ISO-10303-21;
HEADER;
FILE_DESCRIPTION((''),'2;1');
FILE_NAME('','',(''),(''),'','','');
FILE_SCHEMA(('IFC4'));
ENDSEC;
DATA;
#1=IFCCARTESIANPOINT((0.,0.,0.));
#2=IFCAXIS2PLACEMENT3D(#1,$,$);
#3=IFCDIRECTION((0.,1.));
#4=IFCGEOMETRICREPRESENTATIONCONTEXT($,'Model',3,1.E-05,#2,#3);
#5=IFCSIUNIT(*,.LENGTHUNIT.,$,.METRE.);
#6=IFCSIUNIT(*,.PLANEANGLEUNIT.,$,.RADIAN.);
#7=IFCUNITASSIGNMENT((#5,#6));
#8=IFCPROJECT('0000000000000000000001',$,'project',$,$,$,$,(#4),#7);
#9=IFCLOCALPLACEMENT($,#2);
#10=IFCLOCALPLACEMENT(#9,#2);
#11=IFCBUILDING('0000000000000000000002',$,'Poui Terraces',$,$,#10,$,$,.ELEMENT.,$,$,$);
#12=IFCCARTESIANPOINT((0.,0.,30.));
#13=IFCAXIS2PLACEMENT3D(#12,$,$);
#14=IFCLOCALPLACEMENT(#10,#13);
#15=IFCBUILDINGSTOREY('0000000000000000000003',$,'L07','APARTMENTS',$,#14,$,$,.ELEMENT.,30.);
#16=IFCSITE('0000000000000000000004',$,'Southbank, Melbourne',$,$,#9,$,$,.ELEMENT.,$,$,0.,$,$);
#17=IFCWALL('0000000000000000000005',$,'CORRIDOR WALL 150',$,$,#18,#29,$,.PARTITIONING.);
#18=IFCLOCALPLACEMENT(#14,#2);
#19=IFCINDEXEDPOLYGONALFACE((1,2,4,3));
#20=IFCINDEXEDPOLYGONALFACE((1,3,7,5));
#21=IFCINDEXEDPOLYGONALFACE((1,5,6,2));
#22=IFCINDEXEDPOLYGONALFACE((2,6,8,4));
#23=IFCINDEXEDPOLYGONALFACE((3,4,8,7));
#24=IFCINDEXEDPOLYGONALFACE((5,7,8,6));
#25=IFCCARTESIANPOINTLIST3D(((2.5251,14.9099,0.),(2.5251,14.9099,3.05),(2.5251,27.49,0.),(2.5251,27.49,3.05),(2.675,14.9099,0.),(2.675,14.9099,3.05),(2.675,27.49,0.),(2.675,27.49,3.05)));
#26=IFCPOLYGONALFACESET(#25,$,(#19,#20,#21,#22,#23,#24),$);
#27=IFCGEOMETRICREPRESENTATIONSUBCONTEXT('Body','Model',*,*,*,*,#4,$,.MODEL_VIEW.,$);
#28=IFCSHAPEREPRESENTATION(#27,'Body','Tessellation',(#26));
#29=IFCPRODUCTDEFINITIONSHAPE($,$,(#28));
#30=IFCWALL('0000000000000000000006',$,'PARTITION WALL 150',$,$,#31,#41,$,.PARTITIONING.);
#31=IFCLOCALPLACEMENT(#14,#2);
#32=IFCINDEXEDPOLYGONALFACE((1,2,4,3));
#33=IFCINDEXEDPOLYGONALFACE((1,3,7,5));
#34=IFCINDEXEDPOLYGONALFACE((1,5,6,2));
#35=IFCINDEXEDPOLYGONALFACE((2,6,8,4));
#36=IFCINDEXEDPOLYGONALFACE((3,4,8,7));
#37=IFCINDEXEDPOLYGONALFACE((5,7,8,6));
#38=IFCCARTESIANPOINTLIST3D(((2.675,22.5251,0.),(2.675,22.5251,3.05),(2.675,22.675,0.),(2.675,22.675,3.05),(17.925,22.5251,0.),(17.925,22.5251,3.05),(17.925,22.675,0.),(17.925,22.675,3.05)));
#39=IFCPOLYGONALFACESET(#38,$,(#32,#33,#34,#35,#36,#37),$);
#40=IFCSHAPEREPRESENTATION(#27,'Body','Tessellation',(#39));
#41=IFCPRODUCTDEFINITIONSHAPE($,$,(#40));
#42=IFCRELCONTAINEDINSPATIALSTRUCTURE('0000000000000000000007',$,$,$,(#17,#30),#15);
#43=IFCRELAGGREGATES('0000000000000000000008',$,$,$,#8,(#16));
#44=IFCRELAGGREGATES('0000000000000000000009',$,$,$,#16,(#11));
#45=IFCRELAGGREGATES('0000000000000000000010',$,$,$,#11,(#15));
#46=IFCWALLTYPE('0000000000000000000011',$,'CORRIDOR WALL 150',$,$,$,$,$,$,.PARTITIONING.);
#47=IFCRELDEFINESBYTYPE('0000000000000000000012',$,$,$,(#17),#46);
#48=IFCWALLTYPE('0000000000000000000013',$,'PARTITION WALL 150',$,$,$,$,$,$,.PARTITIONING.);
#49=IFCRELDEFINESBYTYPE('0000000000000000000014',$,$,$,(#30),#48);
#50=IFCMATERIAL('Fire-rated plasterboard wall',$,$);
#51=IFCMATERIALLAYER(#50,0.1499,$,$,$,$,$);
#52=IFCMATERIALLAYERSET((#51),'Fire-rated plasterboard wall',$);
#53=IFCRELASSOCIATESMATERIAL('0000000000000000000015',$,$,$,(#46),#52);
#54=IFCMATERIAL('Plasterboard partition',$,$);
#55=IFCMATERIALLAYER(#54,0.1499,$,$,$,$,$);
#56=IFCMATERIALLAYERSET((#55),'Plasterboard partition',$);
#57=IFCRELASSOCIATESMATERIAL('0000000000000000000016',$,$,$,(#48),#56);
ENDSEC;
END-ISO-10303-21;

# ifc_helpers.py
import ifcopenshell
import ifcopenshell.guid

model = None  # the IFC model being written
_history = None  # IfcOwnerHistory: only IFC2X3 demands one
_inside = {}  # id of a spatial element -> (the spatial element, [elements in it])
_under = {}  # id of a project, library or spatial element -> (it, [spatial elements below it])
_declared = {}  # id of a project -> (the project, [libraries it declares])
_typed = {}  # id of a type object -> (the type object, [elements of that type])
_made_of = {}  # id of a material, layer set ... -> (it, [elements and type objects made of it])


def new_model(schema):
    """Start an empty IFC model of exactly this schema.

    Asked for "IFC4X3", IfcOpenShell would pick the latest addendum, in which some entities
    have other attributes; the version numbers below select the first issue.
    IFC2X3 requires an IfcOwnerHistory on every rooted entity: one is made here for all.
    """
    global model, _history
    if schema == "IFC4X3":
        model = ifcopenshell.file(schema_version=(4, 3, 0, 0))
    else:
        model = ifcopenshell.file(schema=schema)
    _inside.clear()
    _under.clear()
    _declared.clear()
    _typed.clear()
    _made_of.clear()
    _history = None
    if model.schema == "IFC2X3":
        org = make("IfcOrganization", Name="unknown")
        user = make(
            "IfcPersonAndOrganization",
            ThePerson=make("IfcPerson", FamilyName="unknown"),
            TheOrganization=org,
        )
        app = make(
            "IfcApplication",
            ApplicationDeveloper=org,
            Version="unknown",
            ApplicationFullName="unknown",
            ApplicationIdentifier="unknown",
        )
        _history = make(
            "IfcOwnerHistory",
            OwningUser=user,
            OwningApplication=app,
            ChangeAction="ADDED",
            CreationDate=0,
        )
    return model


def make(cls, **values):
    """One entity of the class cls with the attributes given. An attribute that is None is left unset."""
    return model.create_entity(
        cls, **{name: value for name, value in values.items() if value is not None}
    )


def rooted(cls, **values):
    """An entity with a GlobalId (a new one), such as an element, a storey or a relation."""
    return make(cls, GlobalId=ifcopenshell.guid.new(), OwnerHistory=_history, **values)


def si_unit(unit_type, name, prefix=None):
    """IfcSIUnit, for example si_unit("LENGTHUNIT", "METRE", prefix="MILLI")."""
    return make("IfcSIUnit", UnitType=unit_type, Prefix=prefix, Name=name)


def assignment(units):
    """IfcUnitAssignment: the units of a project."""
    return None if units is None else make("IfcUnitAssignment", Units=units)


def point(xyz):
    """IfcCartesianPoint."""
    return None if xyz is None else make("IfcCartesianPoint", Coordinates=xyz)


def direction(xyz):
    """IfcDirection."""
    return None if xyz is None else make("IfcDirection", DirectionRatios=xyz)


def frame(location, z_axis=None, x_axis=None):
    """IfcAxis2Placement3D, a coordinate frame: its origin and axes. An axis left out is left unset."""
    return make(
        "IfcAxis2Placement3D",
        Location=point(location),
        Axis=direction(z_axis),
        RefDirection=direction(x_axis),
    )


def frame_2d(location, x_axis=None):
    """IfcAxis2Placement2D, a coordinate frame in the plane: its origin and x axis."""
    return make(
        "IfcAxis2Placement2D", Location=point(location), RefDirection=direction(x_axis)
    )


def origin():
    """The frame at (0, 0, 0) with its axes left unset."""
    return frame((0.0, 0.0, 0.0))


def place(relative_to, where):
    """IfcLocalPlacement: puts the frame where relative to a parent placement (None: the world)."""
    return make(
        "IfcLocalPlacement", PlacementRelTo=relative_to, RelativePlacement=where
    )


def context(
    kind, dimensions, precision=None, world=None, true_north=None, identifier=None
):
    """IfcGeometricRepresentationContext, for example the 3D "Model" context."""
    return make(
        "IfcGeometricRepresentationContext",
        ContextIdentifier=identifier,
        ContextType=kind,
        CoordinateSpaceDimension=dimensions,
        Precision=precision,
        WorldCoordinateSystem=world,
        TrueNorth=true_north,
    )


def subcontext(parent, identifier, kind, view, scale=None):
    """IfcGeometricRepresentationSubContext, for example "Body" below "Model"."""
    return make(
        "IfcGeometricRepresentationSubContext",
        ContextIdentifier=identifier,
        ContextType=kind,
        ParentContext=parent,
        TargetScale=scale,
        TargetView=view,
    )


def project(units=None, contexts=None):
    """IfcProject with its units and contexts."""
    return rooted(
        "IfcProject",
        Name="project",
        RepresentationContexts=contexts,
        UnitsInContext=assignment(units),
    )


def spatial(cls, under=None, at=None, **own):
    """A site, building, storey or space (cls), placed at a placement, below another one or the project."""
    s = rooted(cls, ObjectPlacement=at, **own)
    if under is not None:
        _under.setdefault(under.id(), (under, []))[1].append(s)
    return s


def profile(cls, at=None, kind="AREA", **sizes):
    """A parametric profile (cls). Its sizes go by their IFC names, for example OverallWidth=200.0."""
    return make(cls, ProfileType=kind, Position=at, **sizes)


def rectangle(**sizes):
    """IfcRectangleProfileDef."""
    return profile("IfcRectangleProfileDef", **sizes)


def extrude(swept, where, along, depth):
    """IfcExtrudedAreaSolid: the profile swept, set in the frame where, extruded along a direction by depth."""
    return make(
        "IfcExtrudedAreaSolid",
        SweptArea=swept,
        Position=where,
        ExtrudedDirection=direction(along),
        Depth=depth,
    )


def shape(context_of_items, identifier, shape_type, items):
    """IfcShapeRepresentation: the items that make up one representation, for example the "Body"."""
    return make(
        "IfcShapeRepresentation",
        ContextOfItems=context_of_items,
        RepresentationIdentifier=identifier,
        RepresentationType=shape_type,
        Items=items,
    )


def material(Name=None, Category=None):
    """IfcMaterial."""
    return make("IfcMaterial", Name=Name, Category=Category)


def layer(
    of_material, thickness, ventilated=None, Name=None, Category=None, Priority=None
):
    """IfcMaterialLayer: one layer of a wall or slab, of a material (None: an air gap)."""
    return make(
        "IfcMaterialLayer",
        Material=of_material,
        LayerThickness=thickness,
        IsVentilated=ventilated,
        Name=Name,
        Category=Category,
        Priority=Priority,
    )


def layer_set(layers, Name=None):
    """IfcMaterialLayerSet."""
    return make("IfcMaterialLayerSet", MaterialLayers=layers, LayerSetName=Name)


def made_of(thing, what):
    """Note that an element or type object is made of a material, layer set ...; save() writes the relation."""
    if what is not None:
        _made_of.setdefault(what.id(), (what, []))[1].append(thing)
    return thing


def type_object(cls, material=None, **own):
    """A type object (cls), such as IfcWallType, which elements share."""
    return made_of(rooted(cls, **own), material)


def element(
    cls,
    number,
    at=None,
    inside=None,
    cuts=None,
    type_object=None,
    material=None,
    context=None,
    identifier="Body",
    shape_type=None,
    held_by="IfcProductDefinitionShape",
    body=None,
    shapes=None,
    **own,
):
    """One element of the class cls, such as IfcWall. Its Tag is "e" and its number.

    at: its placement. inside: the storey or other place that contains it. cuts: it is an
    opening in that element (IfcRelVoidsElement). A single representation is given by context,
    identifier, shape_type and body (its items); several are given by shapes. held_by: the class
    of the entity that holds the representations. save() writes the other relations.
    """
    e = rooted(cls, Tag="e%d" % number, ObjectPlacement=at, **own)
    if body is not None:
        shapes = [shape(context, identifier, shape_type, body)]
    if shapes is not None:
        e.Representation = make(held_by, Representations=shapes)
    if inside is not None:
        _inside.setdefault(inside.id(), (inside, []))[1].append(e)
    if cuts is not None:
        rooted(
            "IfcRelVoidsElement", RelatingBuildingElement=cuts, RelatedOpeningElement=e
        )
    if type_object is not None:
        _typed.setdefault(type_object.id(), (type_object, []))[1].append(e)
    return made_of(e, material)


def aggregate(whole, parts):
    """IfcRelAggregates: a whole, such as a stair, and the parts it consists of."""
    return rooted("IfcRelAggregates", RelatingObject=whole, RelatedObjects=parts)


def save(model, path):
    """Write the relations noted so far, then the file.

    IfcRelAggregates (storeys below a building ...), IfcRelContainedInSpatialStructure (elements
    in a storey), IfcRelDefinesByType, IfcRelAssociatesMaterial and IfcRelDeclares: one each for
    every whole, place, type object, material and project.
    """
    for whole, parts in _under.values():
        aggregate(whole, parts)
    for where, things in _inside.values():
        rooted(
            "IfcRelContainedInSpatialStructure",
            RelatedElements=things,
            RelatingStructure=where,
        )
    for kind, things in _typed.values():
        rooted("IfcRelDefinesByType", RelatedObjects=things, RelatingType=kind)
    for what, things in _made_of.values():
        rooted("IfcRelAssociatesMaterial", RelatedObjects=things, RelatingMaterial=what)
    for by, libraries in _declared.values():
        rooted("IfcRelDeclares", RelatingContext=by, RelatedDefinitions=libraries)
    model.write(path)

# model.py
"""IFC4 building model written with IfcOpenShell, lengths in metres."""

from ifc_helpers import new_model, si_unit, direction, frame, frame_2d, origin, place, context, subcontext, project, spatial, rectangle, extrude, material, layer, layer_set, type_object, element, save


model = new_model("IFC4")

# Units and contexts
model_context = context("Model", 3, precision=1e-05, world=origin(), true_north=direction((0.0, 1.0)))
body_context = subcontext(model_context, "Body", "Model", "MODEL_VIEW")
ifc_project = project(units=[si_unit("LENGTHUNIT", "METRE"), si_unit("PLANEANGLEUNIT", "RADIAN")], contexts=[model_context])

# Site, building, storey
site_placement = place(None, origin())
site = spatial("IfcSite", under=ifc_project, at=site_placement, Name="Southbank, Melbourne", CompositionType="ELEMENT", RefElevation=0.0)
building_placement = place(site_placement, origin())
building = spatial("IfcBuilding", under=site, at=building_placement, Name="Poui Terraces", CompositionType="ELEMENT")
storey_placement = place(building_placement, frame((0.0, 0.0, 30.0)))
storey = spatial("IfcBuildingStorey", under=building, at=storey_placement, Name="L07", Description="APARTMENTS", CompositionType="ELEMENT", Elevation=30.0)

# Walls
ifc_material_1 = material(Name="Fire-rated plasterboard wall")
ifc_layer_1 = layer(ifc_material_1, 0.1499)
ifc_layer_set_1 = layer_set([ifc_layer_1], Name="Fire-rated plasterboard wall")
wall_type_1 = type_object("IfcWallType", Name="CORRIDOR WALL 150", PredefinedType="PARTITIONING", material=ifc_layer_set_1)
wall_1_placement = place(storey_placement, frame((2.6001, 14.9099, 0.0), z_axis=(0.0, 0.0, 1.0), x_axis=(0.0, 1.0, 0.0)))
element("IfcWall", 1, at=wall_1_placement, inside=storey, type_object=wall_type_1, Name="CORRIDOR WALL 150", PredefinedType="PARTITIONING", context=body_context, shape_type="SweptSolid", body=[
    extrude(rectangle(XDim=12.5801, YDim=0.1499, at=frame_2d((6.29, 0.0))), origin(), (0.0, 0.0, 1.0), 3.05),
])
ifc_material_2 = material(Name="Plasterboard partition")
ifc_layer_2 = layer(ifc_material_2, 0.1499)
ifc_layer_set_2 = layer_set([ifc_layer_2], Name="Plasterboard partition")
wall_type_2 = type_object("IfcWallType", Name="PARTITION WALL 150", PredefinedType="PARTITIONING", material=ifc_layer_set_2)
wall_2_placement = place(storey_placement, frame((2.675, 22.6001, 0.0), z_axis=(0.0, 0.0, 1.0), x_axis=(1.0, 0.0, 0.0)))
element("IfcWall", 2, at=wall_2_placement, inside=storey, type_object=wall_type_2, Name="PARTITION WALL 150", PredefinedType="PARTITIONING", context=body_context, shape_type="SweptSolid", body=[
    extrude(rectangle(XDim=15.25, YDim=0.1499, at=frame_2d((7.625, 0.0))), origin(), (0.0, 0.0, 1.0), 3.05),
])

save(model, "model.ifc")
